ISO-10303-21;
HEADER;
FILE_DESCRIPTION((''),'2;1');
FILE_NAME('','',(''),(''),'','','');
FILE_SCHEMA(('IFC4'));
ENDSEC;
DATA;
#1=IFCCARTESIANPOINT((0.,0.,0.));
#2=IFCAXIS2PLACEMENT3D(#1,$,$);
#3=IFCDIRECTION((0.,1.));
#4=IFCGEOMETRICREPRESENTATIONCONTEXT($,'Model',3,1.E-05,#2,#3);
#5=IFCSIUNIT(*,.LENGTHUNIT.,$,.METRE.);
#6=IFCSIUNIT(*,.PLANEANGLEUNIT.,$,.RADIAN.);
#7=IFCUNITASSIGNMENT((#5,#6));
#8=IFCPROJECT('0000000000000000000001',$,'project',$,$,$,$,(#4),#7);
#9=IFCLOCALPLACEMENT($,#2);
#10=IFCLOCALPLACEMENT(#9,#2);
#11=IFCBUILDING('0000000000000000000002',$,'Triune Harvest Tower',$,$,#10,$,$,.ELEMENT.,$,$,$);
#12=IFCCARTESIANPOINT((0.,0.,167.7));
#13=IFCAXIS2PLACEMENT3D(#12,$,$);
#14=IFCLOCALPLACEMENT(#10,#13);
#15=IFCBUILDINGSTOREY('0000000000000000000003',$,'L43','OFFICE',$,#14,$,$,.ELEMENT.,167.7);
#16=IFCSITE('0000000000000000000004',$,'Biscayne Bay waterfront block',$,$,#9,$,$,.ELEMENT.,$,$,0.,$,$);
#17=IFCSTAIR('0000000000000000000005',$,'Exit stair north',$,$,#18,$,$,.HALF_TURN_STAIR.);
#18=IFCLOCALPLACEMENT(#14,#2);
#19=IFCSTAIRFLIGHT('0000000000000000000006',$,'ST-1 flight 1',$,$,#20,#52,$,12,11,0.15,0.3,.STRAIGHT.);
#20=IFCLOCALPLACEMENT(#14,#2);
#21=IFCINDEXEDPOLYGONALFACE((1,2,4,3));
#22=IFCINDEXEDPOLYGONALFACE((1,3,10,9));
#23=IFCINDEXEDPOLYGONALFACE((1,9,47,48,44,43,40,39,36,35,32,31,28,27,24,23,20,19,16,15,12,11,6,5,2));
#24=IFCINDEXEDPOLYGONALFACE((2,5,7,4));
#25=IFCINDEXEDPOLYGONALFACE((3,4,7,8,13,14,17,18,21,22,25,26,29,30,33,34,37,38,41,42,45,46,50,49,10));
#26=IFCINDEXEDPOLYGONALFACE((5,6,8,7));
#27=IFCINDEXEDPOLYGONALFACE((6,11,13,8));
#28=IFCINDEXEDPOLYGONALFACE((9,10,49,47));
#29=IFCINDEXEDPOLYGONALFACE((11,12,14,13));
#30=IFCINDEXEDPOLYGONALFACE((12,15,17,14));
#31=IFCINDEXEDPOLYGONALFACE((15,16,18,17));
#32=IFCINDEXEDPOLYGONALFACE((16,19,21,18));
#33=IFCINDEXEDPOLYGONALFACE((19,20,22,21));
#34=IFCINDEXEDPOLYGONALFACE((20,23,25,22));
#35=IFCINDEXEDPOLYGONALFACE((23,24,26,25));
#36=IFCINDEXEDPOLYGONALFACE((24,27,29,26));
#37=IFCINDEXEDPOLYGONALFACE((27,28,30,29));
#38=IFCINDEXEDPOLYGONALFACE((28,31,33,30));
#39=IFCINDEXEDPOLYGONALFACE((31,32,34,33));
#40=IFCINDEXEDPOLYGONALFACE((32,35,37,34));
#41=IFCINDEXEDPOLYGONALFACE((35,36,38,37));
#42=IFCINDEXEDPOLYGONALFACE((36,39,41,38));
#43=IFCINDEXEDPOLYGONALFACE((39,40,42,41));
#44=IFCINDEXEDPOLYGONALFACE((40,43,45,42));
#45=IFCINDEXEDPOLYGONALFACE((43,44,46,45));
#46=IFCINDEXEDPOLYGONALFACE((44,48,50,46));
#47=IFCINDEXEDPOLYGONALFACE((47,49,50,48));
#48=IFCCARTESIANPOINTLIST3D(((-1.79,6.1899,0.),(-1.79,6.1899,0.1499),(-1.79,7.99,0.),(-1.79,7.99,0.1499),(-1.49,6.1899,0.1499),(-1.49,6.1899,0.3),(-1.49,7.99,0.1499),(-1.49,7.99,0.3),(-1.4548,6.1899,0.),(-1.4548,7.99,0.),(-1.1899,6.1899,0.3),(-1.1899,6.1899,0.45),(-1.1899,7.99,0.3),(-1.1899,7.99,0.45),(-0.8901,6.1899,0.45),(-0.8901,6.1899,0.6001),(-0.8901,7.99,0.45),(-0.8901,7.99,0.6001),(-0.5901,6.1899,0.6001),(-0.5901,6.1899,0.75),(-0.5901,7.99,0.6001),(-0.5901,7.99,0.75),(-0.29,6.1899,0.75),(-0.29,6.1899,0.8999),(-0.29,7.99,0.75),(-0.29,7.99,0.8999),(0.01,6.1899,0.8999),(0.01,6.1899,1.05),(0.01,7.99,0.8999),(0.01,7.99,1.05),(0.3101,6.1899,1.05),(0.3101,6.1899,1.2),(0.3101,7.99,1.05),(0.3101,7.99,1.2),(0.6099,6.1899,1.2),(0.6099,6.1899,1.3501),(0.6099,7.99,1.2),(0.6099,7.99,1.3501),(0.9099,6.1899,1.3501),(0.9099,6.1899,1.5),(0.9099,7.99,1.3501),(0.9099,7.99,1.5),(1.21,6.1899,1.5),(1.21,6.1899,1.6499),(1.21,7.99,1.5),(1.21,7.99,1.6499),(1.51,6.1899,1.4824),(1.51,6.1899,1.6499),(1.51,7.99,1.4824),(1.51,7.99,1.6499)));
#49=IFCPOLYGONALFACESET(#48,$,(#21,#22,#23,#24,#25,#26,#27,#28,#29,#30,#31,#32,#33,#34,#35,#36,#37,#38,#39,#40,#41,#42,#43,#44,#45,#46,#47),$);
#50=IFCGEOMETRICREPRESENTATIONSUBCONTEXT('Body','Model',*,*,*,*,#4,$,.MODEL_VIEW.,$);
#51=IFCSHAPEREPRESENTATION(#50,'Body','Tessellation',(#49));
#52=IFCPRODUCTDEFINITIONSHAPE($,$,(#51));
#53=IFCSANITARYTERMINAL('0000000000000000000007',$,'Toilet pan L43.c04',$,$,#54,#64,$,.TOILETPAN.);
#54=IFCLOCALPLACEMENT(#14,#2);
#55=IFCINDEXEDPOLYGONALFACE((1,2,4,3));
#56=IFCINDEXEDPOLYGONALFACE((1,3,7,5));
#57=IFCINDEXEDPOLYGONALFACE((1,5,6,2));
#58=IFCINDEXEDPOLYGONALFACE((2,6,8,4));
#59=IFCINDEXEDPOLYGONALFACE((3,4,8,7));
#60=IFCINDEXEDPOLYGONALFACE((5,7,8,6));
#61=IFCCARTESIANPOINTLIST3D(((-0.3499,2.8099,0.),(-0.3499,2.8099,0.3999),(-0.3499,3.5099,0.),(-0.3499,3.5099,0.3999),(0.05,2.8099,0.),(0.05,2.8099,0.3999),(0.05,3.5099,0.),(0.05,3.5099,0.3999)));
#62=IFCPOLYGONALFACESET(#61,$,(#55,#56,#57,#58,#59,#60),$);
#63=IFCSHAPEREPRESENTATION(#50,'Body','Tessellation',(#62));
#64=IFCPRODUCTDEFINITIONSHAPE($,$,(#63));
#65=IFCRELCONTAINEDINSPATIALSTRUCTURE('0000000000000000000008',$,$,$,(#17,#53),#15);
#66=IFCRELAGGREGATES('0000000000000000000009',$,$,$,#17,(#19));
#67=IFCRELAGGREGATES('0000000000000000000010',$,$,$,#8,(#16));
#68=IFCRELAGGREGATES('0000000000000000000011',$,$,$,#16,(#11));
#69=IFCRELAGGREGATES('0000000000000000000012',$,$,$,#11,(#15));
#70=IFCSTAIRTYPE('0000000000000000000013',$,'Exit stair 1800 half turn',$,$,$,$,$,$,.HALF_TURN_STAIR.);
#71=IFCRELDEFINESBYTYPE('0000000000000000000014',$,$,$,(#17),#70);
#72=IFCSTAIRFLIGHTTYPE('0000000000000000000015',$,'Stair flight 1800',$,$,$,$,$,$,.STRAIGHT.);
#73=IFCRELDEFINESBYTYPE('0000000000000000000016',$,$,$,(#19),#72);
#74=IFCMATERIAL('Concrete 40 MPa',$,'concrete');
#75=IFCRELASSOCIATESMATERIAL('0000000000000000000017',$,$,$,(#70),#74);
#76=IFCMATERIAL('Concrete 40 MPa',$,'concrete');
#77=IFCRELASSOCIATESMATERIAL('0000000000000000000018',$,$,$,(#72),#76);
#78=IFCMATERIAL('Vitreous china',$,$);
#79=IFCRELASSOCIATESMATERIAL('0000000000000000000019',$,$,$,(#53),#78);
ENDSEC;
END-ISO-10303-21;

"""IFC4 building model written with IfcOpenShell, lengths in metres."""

from ifc_helpers import new_model, si_unit, direction, frame, origin, origin_2d, place, context, subcontext, project, spatial, polyline, rectangle, outline, extrude, source, transform, mapped, material, type_object, element, aggregate, save


model = new_model("IFC4")

# Units and contexts
model_context = context("Model", 3, precision=1e-05, world=origin(), true_north=direction((0.0, 1.0)))
body_context = subcontext(model_context, "Body", "Model", "MODEL_VIEW")
ifc_project = project(units=[si_unit("LENGTHUNIT", "METRE"), si_unit("PLANEANGLEUNIT", "RADIAN")], contexts=[model_context])

# Site, building, storey
site_placement = place(None, origin())
site = spatial("IfcSite", under=ifc_project, at=site_placement, Name="Biscayne Bay waterfront block", CompositionType="ELEMENT", RefElevation=0.0)
building_placement = place(site_placement, origin())
building = spatial("IfcBuilding", under=site, at=building_placement, Name="Triune Harvest Tower", CompositionType="ELEMENT")
storey_placement = place(building_placement, frame((0.0, 0.0, 167.7)))
storey = spatial("IfcBuildingStorey", under=building, at=storey_placement, Name="L43", Description="OFFICE", CompositionType="ELEMENT", Elevation=167.7)

# Stair
ifc_material_1 = material(Name="Concrete 40 MPa", Category="concrete")
stair_type = type_object("IfcStairType", Name="Exit stair 1800 half turn", PredefinedType="HALF_TURN_STAIR", material=ifc_material_1)
stair_1_placement = place(storey_placement, origin())
stair_1 = element("IfcStair", 1, at=stair_1_placement, inside=storey, type_object=stair_type, Name="Exit stair north", PredefinedType="HALF_TURN_STAIR")

# Stair flight
ifc_material_2 = material(Name="Concrete 40 MPa", Category="concrete")
stair_flight_type = type_object("IfcStairFlightType", Name="Stair flight 1800", PredefinedType="STRAIGHT", material=ifc_material_2)
shared_shape_1 = source(origin(), body_context, "Body", "SweptSolid", [
    extrude(outline(polyline([(0.0, 0.0), (0.0, 0.1499), (0.3, 0.1499), (0.3, 0.3), (0.6001, 0.3), (0.6001, 0.45), (0.8999, 0.45), (0.8999, 0.6001), (1.2, 0.6001), (1.2, 0.75), (1.5, 0.75), (1.5, 0.8999), (1.8, 0.8999), (1.8, 1.05), (2.1001, 1.05), (2.1001, 1.2), (2.3999, 1.2), (2.3999, 1.3501), (2.7, 1.3501), (2.7, 1.5), (3.0, 1.5), (3.0, 1.6499), (3.3, 1.6499), (3.3, 1.8), (3.3, 1.4824), (0.3352, 0.0), (0.0, 0.0)])), frame((0.0, 0.8999, 0.0), z_axis=(0.0, -1.0, 0.0), x_axis=(1.0, 0.0, 0.0)), (0.0, 0.0, 1.0), 1.8),
])
stair_flight_placement = place(storey_placement, frame((-1.79, 7.0901, 0.0), z_axis=(0.0, 0.0, 1.0), x_axis=(1.0, 0.0, 0.0)))
stair_flight = element("IfcStairFlight", 2, at=stair_flight_placement, type_object=stair_flight_type, Name="ST-1 flight 1", NumberOfRisers=12, NumberOfTreads=11, PredefinedType="STRAIGHT", RiserHeight=0.15, TreadLength=0.3, context=body_context, shape_type="MappedRepresentation", body=[
    mapped(shared_shape_1, transform((0.0, 0.0, 0.0), scale=1.0)),
])
aggregate(stair_1, [stair_flight])

# Sanitary terminal
ifc_material_3 = material(Name="Vitreous china")
shared_shape_2 = source(origin(), body_context, "Body", "SweptSolid", [
    extrude(rectangle(XDim=0.3999, YDim=0.7, at=origin_2d()), origin(), (0.0, 0.0, 1.0), 0.3999),
])
sanitary_terminal_placement = place(storey_placement, frame((-0.1499, 3.1599, 0.0), z_axis=(0.0, 0.0, 1.0), x_axis=(-1.0, 0.0, 0.0)))
element("IfcSanitaryTerminal", 3, at=sanitary_terminal_placement, inside=storey, material=ifc_material_3, Name="Toilet pan L43.c04", PredefinedType="TOILETPAN", context=body_context, shape_type="MappedRepresentation", body=[
    mapped(shared_shape_2, transform((0.0, 0.0, 0.0), scale=1.0)),
])

save(model, "model.ifc")
